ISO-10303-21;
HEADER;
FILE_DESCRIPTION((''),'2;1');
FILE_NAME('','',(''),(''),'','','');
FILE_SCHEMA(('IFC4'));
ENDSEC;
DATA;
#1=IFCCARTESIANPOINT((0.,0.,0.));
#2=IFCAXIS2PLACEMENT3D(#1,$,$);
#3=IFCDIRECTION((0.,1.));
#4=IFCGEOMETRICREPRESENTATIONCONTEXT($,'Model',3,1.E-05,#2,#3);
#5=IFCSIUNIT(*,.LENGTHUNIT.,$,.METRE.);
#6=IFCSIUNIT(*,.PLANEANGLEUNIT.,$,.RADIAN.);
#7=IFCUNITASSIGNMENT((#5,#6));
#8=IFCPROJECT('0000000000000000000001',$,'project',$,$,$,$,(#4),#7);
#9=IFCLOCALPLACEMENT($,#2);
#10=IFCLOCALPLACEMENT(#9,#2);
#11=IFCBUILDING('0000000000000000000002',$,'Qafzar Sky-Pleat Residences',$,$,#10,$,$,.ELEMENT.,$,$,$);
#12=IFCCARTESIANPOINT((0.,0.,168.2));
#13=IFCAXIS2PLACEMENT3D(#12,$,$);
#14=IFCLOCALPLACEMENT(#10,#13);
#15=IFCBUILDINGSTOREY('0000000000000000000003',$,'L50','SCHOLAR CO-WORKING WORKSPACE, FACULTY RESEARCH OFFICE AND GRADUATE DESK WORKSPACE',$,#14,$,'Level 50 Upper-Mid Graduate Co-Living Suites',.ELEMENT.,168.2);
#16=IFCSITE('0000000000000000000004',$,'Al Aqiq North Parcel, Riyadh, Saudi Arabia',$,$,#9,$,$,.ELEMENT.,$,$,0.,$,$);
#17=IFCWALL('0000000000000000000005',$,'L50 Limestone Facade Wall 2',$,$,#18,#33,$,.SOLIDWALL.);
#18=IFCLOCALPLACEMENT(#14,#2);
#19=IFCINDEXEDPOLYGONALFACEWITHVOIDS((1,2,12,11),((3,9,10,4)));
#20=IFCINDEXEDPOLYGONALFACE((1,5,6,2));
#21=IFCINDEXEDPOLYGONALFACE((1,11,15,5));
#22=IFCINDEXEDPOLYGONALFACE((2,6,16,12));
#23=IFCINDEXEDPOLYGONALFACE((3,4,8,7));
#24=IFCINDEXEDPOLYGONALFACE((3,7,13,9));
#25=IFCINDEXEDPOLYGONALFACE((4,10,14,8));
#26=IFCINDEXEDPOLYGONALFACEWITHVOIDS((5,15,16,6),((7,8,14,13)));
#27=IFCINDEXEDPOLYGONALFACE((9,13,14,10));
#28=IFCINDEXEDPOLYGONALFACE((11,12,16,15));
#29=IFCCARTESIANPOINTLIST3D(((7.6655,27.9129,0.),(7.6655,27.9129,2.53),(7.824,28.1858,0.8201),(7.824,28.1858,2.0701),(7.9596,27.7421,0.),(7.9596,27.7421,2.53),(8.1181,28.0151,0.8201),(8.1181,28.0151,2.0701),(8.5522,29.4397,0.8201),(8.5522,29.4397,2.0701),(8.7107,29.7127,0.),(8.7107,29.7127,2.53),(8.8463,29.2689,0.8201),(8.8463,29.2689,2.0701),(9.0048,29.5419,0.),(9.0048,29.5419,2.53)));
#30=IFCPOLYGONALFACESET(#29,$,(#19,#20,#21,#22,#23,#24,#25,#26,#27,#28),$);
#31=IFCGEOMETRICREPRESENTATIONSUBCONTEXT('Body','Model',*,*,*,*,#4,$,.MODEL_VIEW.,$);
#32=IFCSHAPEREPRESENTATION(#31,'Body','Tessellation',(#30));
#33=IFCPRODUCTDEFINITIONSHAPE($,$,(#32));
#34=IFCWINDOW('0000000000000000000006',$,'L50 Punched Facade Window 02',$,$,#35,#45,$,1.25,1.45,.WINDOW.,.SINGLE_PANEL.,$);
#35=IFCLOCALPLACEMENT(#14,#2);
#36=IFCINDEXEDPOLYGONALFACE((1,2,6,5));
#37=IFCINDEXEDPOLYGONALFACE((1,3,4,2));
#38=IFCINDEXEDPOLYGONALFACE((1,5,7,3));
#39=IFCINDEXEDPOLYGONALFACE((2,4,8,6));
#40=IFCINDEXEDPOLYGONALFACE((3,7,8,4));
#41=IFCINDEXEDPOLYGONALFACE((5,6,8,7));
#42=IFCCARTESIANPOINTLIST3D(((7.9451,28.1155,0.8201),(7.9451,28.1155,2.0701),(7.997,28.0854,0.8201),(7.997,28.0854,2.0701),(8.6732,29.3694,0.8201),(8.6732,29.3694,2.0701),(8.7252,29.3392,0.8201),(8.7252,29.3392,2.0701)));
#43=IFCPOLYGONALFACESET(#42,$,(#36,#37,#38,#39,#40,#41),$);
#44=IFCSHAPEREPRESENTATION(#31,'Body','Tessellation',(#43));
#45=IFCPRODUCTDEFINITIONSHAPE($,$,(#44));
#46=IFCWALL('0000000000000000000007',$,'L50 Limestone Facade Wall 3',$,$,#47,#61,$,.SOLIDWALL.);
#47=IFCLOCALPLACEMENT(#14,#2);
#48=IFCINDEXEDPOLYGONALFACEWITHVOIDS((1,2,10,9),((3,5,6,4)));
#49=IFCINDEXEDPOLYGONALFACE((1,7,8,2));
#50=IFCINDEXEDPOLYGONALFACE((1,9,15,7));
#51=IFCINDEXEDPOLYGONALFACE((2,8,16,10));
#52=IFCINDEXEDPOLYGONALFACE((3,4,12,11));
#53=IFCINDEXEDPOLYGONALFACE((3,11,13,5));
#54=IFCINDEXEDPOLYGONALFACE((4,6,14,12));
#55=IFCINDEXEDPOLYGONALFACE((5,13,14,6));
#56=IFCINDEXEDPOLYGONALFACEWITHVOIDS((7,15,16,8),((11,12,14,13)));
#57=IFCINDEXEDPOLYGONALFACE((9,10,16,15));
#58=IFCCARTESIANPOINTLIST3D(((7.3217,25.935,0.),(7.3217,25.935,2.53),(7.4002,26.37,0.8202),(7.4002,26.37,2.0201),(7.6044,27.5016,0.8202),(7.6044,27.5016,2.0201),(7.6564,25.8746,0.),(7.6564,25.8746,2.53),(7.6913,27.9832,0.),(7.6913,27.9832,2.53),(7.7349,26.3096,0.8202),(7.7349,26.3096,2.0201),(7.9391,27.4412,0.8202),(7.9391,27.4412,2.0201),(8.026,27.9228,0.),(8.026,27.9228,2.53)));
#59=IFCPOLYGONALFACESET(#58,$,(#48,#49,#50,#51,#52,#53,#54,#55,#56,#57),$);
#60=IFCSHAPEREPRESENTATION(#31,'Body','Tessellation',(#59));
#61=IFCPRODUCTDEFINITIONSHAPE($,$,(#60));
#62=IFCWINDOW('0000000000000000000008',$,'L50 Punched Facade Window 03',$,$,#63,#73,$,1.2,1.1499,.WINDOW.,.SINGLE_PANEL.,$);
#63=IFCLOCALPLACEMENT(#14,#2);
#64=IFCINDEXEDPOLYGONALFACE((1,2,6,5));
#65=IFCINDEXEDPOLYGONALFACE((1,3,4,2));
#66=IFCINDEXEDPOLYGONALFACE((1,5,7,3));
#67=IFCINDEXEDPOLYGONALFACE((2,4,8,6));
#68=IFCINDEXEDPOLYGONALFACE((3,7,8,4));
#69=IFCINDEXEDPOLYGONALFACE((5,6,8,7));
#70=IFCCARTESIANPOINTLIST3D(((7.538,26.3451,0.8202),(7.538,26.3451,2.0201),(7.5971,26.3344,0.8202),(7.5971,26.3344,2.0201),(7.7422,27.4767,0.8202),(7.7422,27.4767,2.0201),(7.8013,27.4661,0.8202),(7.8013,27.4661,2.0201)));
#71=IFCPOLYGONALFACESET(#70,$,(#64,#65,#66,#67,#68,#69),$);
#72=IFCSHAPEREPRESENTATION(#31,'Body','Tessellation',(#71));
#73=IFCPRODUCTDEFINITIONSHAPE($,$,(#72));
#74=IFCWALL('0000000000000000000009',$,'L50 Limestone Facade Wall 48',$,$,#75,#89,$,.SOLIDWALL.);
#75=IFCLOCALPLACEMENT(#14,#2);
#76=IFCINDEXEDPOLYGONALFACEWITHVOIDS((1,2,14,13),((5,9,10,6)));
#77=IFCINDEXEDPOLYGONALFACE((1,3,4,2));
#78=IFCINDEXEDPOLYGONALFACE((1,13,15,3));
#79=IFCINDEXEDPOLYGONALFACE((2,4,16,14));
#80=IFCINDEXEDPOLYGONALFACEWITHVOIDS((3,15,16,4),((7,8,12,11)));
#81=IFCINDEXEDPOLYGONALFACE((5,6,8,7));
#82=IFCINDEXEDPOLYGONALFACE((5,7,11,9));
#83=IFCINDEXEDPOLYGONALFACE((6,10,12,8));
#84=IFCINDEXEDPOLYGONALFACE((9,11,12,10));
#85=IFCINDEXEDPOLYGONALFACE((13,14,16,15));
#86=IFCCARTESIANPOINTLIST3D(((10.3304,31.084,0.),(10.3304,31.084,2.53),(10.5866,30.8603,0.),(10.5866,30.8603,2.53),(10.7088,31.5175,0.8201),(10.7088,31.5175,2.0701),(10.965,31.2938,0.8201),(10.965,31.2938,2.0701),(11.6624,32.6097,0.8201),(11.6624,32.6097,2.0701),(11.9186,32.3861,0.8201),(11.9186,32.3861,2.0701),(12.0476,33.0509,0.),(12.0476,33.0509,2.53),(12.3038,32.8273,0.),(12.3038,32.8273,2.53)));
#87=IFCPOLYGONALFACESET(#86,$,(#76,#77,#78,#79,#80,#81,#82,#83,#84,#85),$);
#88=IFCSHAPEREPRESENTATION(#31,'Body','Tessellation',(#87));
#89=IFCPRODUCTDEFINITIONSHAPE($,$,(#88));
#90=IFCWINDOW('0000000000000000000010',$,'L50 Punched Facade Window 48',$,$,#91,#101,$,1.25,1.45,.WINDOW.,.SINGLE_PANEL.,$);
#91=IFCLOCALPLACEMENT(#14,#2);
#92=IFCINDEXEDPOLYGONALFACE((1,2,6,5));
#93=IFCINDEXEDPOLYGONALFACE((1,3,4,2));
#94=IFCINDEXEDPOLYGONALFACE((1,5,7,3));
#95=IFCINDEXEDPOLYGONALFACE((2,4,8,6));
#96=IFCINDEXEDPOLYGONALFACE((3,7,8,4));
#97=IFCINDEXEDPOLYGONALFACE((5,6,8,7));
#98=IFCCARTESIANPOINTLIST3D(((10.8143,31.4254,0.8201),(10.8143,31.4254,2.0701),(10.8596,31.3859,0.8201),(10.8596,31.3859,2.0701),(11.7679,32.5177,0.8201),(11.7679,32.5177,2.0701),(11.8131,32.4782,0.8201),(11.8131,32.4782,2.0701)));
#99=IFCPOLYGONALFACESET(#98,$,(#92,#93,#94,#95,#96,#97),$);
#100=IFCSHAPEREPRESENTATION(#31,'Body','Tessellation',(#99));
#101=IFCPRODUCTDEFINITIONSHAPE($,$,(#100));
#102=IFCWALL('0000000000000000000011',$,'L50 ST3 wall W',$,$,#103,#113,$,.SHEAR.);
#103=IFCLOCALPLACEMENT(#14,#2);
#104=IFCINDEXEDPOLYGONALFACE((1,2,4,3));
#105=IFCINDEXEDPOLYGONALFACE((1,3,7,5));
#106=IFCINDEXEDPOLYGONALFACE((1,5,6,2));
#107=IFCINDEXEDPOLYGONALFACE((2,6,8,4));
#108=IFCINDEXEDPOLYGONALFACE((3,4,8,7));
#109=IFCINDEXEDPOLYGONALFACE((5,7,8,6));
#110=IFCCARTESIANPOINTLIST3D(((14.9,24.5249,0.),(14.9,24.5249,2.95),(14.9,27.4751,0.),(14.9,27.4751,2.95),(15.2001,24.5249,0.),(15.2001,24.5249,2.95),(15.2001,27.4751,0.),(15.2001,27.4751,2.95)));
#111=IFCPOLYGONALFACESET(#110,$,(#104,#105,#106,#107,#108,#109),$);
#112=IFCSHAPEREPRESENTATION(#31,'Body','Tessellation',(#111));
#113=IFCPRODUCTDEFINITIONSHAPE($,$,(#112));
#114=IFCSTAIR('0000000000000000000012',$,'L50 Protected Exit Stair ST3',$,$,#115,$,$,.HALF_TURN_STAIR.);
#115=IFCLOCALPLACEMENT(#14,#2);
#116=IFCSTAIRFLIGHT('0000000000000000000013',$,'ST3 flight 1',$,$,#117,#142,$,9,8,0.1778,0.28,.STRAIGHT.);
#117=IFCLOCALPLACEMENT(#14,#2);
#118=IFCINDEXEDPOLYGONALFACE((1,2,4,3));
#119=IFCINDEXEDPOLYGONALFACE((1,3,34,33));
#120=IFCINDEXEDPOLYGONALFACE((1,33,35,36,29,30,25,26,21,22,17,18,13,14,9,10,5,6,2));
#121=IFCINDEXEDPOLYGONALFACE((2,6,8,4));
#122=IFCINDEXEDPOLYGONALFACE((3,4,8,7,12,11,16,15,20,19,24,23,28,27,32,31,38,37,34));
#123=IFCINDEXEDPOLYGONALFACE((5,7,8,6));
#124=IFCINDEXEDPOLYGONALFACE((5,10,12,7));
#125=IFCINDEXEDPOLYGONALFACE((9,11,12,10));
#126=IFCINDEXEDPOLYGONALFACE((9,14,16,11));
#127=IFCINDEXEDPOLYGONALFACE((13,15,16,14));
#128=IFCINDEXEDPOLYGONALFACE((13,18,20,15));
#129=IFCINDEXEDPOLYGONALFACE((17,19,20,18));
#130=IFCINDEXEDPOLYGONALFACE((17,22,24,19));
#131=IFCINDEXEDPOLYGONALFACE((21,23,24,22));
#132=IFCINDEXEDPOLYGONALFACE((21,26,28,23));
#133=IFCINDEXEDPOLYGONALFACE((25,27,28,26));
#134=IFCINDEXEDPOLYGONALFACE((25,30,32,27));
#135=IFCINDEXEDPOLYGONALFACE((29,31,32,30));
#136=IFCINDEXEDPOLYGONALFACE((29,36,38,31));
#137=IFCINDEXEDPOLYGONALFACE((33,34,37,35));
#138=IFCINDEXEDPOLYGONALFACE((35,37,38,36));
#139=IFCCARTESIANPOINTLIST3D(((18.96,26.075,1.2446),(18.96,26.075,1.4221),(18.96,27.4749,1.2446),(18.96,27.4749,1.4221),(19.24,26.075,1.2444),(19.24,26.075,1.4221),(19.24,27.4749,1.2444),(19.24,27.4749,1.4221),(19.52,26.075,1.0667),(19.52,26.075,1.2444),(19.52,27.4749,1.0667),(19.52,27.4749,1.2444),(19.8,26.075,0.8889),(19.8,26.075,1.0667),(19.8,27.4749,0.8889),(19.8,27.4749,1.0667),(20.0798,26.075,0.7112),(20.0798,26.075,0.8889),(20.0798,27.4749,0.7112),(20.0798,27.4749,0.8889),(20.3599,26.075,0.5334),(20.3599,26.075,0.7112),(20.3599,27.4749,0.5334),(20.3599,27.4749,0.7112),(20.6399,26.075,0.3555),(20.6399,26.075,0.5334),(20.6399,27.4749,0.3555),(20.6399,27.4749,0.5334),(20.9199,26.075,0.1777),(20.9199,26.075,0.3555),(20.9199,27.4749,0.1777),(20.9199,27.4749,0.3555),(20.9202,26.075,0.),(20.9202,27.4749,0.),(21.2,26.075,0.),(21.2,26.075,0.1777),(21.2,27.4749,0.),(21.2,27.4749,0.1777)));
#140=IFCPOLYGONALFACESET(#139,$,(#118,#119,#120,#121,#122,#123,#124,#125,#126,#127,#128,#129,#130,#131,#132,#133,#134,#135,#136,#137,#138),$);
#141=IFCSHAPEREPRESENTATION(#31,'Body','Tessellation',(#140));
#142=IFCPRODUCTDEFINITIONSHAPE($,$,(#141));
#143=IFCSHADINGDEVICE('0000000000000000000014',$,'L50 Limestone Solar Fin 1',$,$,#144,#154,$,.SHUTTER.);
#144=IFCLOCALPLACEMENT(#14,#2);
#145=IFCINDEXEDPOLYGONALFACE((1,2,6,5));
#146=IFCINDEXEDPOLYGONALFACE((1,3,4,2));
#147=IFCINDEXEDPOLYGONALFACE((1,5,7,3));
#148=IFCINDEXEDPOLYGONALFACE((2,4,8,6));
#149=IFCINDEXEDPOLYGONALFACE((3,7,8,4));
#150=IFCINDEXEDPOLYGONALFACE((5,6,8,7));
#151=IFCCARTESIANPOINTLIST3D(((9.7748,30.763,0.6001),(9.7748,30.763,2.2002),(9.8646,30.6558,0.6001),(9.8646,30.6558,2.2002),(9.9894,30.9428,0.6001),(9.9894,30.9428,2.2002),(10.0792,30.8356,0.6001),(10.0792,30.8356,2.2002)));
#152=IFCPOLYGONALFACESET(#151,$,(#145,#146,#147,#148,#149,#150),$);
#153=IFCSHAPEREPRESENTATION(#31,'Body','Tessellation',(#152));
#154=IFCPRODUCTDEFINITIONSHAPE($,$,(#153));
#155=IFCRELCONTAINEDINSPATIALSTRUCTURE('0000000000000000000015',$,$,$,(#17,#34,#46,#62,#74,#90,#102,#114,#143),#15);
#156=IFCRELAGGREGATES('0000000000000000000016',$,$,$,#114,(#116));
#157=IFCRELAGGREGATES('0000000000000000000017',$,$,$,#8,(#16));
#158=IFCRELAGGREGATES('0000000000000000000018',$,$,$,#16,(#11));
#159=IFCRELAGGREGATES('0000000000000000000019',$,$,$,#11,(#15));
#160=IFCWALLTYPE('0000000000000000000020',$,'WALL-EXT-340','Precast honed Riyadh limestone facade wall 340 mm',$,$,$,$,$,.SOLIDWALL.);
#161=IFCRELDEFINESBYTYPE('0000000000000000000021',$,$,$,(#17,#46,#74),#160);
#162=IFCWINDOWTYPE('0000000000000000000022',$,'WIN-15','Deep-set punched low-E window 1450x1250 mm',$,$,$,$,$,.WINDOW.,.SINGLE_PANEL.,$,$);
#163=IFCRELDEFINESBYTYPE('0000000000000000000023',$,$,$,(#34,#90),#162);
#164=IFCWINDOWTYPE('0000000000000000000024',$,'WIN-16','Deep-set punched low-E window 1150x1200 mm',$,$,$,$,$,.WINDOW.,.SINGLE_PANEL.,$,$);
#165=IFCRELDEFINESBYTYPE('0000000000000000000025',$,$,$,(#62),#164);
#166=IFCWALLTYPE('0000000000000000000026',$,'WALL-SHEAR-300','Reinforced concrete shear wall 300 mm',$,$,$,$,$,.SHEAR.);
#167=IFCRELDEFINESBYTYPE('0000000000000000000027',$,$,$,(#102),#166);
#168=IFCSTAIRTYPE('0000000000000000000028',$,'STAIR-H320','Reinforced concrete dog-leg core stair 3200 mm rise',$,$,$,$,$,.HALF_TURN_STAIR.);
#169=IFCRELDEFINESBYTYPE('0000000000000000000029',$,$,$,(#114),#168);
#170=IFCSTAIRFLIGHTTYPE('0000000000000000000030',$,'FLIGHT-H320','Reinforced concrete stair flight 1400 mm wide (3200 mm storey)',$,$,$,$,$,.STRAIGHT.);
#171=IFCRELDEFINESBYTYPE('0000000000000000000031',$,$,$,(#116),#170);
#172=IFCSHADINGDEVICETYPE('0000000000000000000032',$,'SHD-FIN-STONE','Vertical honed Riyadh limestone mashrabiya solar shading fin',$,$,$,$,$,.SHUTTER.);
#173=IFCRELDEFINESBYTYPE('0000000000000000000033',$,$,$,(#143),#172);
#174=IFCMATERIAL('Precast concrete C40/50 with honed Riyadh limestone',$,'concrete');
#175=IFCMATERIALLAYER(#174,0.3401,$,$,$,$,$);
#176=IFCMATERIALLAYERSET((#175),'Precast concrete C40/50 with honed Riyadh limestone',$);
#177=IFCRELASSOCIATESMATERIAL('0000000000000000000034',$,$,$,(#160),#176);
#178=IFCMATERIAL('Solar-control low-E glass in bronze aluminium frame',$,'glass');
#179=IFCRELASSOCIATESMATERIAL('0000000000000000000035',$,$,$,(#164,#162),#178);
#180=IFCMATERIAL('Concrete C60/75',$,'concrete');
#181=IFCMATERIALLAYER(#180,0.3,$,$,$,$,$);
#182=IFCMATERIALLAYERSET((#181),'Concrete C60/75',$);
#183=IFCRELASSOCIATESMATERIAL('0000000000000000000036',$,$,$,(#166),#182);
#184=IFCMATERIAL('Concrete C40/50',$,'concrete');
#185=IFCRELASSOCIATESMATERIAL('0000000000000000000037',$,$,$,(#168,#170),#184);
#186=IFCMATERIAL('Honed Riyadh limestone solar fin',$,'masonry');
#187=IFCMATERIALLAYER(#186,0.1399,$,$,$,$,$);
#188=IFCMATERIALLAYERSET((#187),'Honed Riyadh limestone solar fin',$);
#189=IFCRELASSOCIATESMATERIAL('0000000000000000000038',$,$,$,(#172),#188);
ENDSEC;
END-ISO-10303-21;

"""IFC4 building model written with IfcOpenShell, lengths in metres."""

from ifc_helpers import new_model, si_unit, direction, frame, frame_2d, origin, origin_2d, place, context, subcontext, project, spatial, polyline, rectangle, outline, extrude, source, transform, mapped, material, layer, layer_set, type_object, element, fill, aggregate, save


model = new_model("IFC4")

# Units and contexts
model_context = context("Model", 3, precision=1e-05, world=origin(), true_north=direction((0.0, 1.0)))
body_context = subcontext(model_context, "Body", "Model", "MODEL_VIEW")
ifc_project = project(units=[si_unit("LENGTHUNIT", "METRE"), si_unit("PLANEANGLEUNIT", "RADIAN")], contexts=[model_context])

# Site, building, storey
site_placement = place(None, origin())
site = spatial("IfcSite", under=ifc_project, at=site_placement, Name="Al Aqiq North Parcel, Riyadh, Saudi Arabia", CompositionType="ELEMENT", RefElevation=0.0)
building_placement = place(site_placement, origin())
building = spatial("IfcBuilding", under=site, at=building_placement, Name="Qafzar Sky-Pleat Residences", CompositionType="ELEMENT")
storey_placement = place(building_placement, frame((0.0, 0.0, 168.2)))
storey = spatial("IfcBuildingStorey", under=building, at=storey_placement, Name="L50", Description="SCHOLAR CO-WORKING WORKSPACE, FACULTY RESEARCH OFFICE AND GRADUATE DESK WORKSPACE", LongName="Level 50 Upper-Mid Graduate Co-Living Suites", CompositionType="ELEMENT", Elevation=168.2)

# Shared definitions
ifc_material_1 = material(Name="Concrete C60/75", Category="concrete")

# Walls, openings, windows
ifc_material_2 = material(Name="Precast concrete C40/50 with honed Riyadh limestone", Category="concrete")
ifc_layer_1 = layer(ifc_material_2, 0.3401)
ifc_layer_set_1 = layer_set([ifc_layer_1], Name="Precast concrete C40/50 with honed Riyadh limestone")
wall_type_1 = type_object("IfcWallType", Name="WALL-EXT-340", Description="Precast honed Riyadh limestone facade wall 340 mm", PredefinedType="SOLIDWALL", material=ifc_layer_set_1)
ifc_material_3 = material(Name="Solar-control low-E glass in bronze aluminium frame", Category="glass")
window_type_1 = type_object("IfcWindowType", Name="WIN-16", Description="Deep-set punched low-E window 1150x1200 mm", PartitioningType="SINGLE_PANEL", PredefinedType="WINDOW", material=ifc_material_3)
shared_shape_1 = source(origin(), body_context, "Body", "SweptSolid", [
    extrude(rectangle(XDim=1.1499, YDim=1.2, at=frame_2d((0.575, 0.6001))), frame((0.0, 0.03, 0.0), z_axis=(0.0, -1.0, 0.0), x_axis=(1.0, 0.0, 0.0)), (0.0, 0.0, 1.0), 0.0601),
])
wall_1_placement = place(storey_placement, frame((8.8577, 29.6272, 0.0), z_axis=(0.0, 0.0, 1.0), x_axis=(-0.502178, -0.864764, 0.0)))
wall_1 = element("IfcWall", 1, at=wall_1_placement, inside=storey, type_object=wall_type_1, Name="L50 Limestone Facade Wall 2", PredefinedType="SOLIDWALL", context=body_context, shape_type="SweptSolid", body=[
    extrude(rectangle(XDim=2.0813, YDim=0.3401, at=frame_2d((1.0405, 0.0))), origin(), (0.0, 0.0, 1.0), 2.53),
])
opening_1_placement = place(wall_1_placement, frame((0.3154, 0.0, 0.8201)))
opening_1 = element("IfcOpeningElement", 2, at=opening_1_placement, cuts=wall_1, PredefinedType="OPENING", context=body_context, shape_type="SweptSolid", body=[
    extrude(rectangle(XDim=1.45, YDim=1.25, at=frame_2d((0.7251, 0.625))), frame((0.0, 0.1802, 0.0), z_axis=(0.0, -1.0, 0.0), x_axis=(1.0, 0.0, 0.0)), (0.0, 0.0, 1.0), 0.3601),
])
window_type_2 = type_object("IfcWindowType", Name="WIN-15", Description="Deep-set punched low-E window 1450x1250 mm", PartitioningType="SINGLE_PANEL", PredefinedType="WINDOW", material=ifc_material_3)
shared_shape_2 = source(origin(), body_context, "Body", "SweptSolid", [
    extrude(rectangle(XDim=1.45, YDim=1.25, at=frame_2d((0.7251, 0.625))), frame((0.0, 0.03, 0.0), z_axis=(0.0, -1.0, 0.0), x_axis=(1.0, 0.0, 0.0)), (0.0, 0.0, 1.0), 0.0601),
])
window_1_placement = place(opening_1_placement, origin())
window_1 = element("IfcWindow", 3, at=window_1_placement, inside=storey, type_object=window_type_2, Name="L50 Punched Facade Window 02", OverallHeight=1.25, OverallWidth=1.45, PartitioningType="SINGLE_PANEL", PredefinedType="WINDOW", context=body_context, shape_type="MappedRepresentation", body=[
    mapped(shared_shape_2, transform((0.0, 0.0, 0.0), x_axis=(1.0, 0.0, 0.0), y_axis=(0.0, 1.0, 0.0), z_axis=(0.0, 0.0, 1.0), scale=1.0)),
])
fill(opening_1, window_1)
wall_2_placement = place(storey_placement, frame((7.8586, 27.9529, 0.0), z_axis=(0.0, 0.0, 1.0), x_axis=(-0.177605, -0.984102, 0.0)))
wall_2 = element("IfcWall", 4, at=wall_2_placement, inside=storey, type_object=wall_type_1, Name="L50 Limestone Facade Wall 3", PredefinedType="SOLIDWALL", context=body_context, shape_type="SweptSolid", body=[
    extrude(rectangle(XDim=2.0813, YDim=0.3401, at=frame_2d((1.0405, 0.0))), origin(), (0.0, 0.0, 1.0), 2.53),
])
opening_2_placement = place(wall_2_placement, frame((0.4893, 0.0, 0.8201)))
opening_2 = element("IfcOpeningElement", 5, at=opening_2_placement, cuts=wall_2, PredefinedType="OPENING", context=body_context, shape_type="SweptSolid", body=[
    extrude(rectangle(XDim=1.1499, YDim=1.2, at=frame_2d((0.575, 0.6001))), frame((0.0, 0.1802, 0.0), z_axis=(0.0, -1.0, 0.0), x_axis=(1.0, 0.0, 0.0)), (0.0, 0.0, 1.0), 0.3601),
])
window_2_placement = place(opening_2_placement, origin())
window_2 = element("IfcWindow", 6, at=window_2_placement, inside=storey, type_object=window_type_1, Name="L50 Punched Facade Window 03", OverallHeight=1.2, OverallWidth=1.1499, PartitioningType="SINGLE_PANEL", PredefinedType="WINDOW", context=body_context, shape_type="MappedRepresentation", body=[
    mapped(shared_shape_1, transform((0.0, 0.0, 0.0), x_axis=(1.0, 0.0, 0.0), y_axis=(0.0, 1.0, 0.0), z_axis=(0.0, 0.0, 1.0), scale=1.0)),
])
fill(opening_2, window_2)
wall_3_placement = place(storey_placement, frame((12.1758, 32.9392, 0.0), z_axis=(0.0, 0.0, 1.0), x_axis=(-0.657664, -0.753312, 0.0)))
wall_3 = element("IfcWall", 7, at=wall_3_placement, inside=storey, type_object=wall_type_1, Name="L50 Limestone Facade Wall 48", PredefinedType="SOLIDWALL", context=body_context, shape_type="SweptSolid", body=[
    extrude(rectangle(XDim=2.6111, YDim=0.3401, at=frame_2d((1.3057, 0.0))), origin(), (0.0, 0.0, 1.0), 2.53),
])
opening_3_placement = place(wall_3_placement, frame((0.5857, 0.0, 0.8201)))
opening_3 = element("IfcOpeningElement", 8, at=opening_3_placement, cuts=wall_3, PredefinedType="OPENING", context=body_context, shape_type="SweptSolid", body=[
    extrude(rectangle(XDim=1.45, YDim=1.25, at=frame_2d((0.7251, 0.625))), frame((0.0, 0.1802, 0.0), z_axis=(0.0, -1.0, 0.0), x_axis=(1.0, 0.0, 0.0)), (0.0, 0.0, 1.0), 0.3601),
])
window_3_placement = place(opening_3_placement, origin())
window_3 = element("IfcWindow", 9, at=window_3_placement, inside=storey, type_object=window_type_2, Name="L50 Punched Facade Window 48", OverallHeight=1.25, OverallWidth=1.45, PartitioningType="SINGLE_PANEL", PredefinedType="WINDOW", context=body_context, shape_type="MappedRepresentation", body=[
    mapped(shared_shape_2, transform((0.0, 0.0, 0.0), x_axis=(1.0, 0.0, 0.0), y_axis=(0.0, 1.0, 0.0), z_axis=(0.0, 0.0, 1.0), scale=1.0)),
])
fill(opening_3, window_3)

# Wall
ifc_layer_2 = layer(ifc_material_1, 0.3)
ifc_layer_set_2 = layer_set([ifc_layer_2], Name="Concrete C60/75")
wall_type_2 = type_object("IfcWallType", Name="WALL-SHEAR-300", Description="Reinforced concrete shear wall 300 mm", PredefinedType="SHEAR", material=ifc_layer_set_2)
wall_4_placement = place(storey_placement, frame((15.05, 27.4751, 0.0), z_axis=(0.0, 0.0, 1.0), x_axis=(0.0, -1.0, 0.0)))
element("IfcWall", 10, at=wall_4_placement, inside=storey, type_object=wall_type_2, Name="L50 ST3 wall W", PredefinedType="SHEAR", context=body_context, shape_type="SweptSolid", body=[
    extrude(rectangle(XDim=2.9502, YDim=0.3, at=frame_2d((1.4751, 0.0))), origin(), (0.0, 0.0, 1.0), 2.95),
])

# Stair, stair flight
ifc_material_4 = material(Name="Concrete C40/50", Category="concrete")
stair_type = type_object("IfcStairType", Name="STAIR-H320", Description="Reinforced concrete dog-leg core stair 3200 mm rise", PredefinedType="HALF_TURN_STAIR", material=ifc_material_4)
stair_placement = place(storey_placement, origin())
stair = element("IfcStair", 11, at=stair_placement, inside=storey, type_object=stair_type, Name="L50 Protected Exit Stair ST3", PredefinedType="HALF_TURN_STAIR")
stair_flight_type = type_object("IfcStairFlightType", Name="FLIGHT-H320", Description="Reinforced concrete stair flight 1400 mm wide (3200 mm storey)", PredefinedType="STRAIGHT", material=ifc_material_4)
shared_shape_3 = source(origin(), body_context, "Body", "SweptSolid", [
    extrude(outline(polyline([(0.0, 0.0), (0.0, 0.1777), (0.28, 0.1777), (0.28, 0.3555), (0.5601, 0.3555), (0.5601, 0.5334), (0.8401, 0.5334), (0.8401, 0.7112), (1.1201, 0.7112), (1.1201, 0.8889), (1.3999, 0.8889), (1.3999, 1.0667), (1.6799, 1.0667), (1.6799, 1.2444), (1.96, 1.2444), (1.96, 1.4221), (2.24, 1.4221), (2.24, 1.6001), (2.24, 1.2446), (0.2798, 0.0), (0.0, 0.0)])), frame((0.0, 0.7, 0.0), z_axis=(0.0, -1.0, 0.0), x_axis=(1.0, 0.0, 0.0)), (0.0, 0.0, 1.0), 1.3999),
])
stair_flight_placement = place(storey_placement, frame((21.2, 26.7749, 0.0), z_axis=(0.0, 0.0, 1.0), x_axis=(-1.0, 0.0, 0.0)))
stair_flight = element("IfcStairFlight", 12, at=stair_flight_placement, type_object=stair_flight_type, Name="ST3 flight 1", NumberOfRisers=9, NumberOfTreads=8, PredefinedType="STRAIGHT", RiserHeight=0.1778, TreadLength=0.28, context=body_context, shape_type="MappedRepresentation", body=[
    mapped(shared_shape_3, transform((0.0, 0.0, 0.0), x_axis=(1.0, 0.0, 0.0), y_axis=(0.0, 1.0, 0.0), z_axis=(0.0, 0.0, 1.0), scale=1.0)),
])
aggregate(stair, [stair_flight])

# Shading device
ifc_material_5 = material(Name="Honed Riyadh limestone solar fin", Category="masonry")
ifc_layer_3 = layer(ifc_material_5, 0.1399)
ifc_layer_set_3 = layer_set([ifc_layer_3], Name="Honed Riyadh limestone solar fin")
shading_device_type = type_object("IfcShadingDeviceType", Name="SHD-FIN-STONE", Description="Vertical honed Riyadh limestone mashrabiya solar shading fin", PredefinedType="SHUTTER", material=ifc_layer_set_3)
shared_shape_4 = source(origin(), body_context, "Body", "SweptSolid", [
    extrude(rectangle(XDim=0.1399, YDim=0.28, at=origin_2d()), origin(), (0.0, 0.0, 1.0), 1.6001),
])
shading_device_placement = place(storey_placement, frame((9.927, 30.7993, 0.6001), z_axis=(0.0, 0.0, 1.0), x_axis=(-0.642174, 0.766559, 0.0)))
element("IfcShadingDevice", 13, at=shading_device_placement, inside=storey, type_object=shading_device_type, Name="L50 Limestone Solar Fin 1", PredefinedType="SHUTTER", context=body_context, shape_type="MappedRepresentation", body=[
    mapped(shared_shape_4, transform((0.0, 0.0, 0.0), x_axis=(1.0, 0.0, 0.0), y_axis=(0.0, 1.0, 0.0), z_axis=(0.0, 0.0, 1.0), scale=1.0)),
])

save(model, "model.ifc")
